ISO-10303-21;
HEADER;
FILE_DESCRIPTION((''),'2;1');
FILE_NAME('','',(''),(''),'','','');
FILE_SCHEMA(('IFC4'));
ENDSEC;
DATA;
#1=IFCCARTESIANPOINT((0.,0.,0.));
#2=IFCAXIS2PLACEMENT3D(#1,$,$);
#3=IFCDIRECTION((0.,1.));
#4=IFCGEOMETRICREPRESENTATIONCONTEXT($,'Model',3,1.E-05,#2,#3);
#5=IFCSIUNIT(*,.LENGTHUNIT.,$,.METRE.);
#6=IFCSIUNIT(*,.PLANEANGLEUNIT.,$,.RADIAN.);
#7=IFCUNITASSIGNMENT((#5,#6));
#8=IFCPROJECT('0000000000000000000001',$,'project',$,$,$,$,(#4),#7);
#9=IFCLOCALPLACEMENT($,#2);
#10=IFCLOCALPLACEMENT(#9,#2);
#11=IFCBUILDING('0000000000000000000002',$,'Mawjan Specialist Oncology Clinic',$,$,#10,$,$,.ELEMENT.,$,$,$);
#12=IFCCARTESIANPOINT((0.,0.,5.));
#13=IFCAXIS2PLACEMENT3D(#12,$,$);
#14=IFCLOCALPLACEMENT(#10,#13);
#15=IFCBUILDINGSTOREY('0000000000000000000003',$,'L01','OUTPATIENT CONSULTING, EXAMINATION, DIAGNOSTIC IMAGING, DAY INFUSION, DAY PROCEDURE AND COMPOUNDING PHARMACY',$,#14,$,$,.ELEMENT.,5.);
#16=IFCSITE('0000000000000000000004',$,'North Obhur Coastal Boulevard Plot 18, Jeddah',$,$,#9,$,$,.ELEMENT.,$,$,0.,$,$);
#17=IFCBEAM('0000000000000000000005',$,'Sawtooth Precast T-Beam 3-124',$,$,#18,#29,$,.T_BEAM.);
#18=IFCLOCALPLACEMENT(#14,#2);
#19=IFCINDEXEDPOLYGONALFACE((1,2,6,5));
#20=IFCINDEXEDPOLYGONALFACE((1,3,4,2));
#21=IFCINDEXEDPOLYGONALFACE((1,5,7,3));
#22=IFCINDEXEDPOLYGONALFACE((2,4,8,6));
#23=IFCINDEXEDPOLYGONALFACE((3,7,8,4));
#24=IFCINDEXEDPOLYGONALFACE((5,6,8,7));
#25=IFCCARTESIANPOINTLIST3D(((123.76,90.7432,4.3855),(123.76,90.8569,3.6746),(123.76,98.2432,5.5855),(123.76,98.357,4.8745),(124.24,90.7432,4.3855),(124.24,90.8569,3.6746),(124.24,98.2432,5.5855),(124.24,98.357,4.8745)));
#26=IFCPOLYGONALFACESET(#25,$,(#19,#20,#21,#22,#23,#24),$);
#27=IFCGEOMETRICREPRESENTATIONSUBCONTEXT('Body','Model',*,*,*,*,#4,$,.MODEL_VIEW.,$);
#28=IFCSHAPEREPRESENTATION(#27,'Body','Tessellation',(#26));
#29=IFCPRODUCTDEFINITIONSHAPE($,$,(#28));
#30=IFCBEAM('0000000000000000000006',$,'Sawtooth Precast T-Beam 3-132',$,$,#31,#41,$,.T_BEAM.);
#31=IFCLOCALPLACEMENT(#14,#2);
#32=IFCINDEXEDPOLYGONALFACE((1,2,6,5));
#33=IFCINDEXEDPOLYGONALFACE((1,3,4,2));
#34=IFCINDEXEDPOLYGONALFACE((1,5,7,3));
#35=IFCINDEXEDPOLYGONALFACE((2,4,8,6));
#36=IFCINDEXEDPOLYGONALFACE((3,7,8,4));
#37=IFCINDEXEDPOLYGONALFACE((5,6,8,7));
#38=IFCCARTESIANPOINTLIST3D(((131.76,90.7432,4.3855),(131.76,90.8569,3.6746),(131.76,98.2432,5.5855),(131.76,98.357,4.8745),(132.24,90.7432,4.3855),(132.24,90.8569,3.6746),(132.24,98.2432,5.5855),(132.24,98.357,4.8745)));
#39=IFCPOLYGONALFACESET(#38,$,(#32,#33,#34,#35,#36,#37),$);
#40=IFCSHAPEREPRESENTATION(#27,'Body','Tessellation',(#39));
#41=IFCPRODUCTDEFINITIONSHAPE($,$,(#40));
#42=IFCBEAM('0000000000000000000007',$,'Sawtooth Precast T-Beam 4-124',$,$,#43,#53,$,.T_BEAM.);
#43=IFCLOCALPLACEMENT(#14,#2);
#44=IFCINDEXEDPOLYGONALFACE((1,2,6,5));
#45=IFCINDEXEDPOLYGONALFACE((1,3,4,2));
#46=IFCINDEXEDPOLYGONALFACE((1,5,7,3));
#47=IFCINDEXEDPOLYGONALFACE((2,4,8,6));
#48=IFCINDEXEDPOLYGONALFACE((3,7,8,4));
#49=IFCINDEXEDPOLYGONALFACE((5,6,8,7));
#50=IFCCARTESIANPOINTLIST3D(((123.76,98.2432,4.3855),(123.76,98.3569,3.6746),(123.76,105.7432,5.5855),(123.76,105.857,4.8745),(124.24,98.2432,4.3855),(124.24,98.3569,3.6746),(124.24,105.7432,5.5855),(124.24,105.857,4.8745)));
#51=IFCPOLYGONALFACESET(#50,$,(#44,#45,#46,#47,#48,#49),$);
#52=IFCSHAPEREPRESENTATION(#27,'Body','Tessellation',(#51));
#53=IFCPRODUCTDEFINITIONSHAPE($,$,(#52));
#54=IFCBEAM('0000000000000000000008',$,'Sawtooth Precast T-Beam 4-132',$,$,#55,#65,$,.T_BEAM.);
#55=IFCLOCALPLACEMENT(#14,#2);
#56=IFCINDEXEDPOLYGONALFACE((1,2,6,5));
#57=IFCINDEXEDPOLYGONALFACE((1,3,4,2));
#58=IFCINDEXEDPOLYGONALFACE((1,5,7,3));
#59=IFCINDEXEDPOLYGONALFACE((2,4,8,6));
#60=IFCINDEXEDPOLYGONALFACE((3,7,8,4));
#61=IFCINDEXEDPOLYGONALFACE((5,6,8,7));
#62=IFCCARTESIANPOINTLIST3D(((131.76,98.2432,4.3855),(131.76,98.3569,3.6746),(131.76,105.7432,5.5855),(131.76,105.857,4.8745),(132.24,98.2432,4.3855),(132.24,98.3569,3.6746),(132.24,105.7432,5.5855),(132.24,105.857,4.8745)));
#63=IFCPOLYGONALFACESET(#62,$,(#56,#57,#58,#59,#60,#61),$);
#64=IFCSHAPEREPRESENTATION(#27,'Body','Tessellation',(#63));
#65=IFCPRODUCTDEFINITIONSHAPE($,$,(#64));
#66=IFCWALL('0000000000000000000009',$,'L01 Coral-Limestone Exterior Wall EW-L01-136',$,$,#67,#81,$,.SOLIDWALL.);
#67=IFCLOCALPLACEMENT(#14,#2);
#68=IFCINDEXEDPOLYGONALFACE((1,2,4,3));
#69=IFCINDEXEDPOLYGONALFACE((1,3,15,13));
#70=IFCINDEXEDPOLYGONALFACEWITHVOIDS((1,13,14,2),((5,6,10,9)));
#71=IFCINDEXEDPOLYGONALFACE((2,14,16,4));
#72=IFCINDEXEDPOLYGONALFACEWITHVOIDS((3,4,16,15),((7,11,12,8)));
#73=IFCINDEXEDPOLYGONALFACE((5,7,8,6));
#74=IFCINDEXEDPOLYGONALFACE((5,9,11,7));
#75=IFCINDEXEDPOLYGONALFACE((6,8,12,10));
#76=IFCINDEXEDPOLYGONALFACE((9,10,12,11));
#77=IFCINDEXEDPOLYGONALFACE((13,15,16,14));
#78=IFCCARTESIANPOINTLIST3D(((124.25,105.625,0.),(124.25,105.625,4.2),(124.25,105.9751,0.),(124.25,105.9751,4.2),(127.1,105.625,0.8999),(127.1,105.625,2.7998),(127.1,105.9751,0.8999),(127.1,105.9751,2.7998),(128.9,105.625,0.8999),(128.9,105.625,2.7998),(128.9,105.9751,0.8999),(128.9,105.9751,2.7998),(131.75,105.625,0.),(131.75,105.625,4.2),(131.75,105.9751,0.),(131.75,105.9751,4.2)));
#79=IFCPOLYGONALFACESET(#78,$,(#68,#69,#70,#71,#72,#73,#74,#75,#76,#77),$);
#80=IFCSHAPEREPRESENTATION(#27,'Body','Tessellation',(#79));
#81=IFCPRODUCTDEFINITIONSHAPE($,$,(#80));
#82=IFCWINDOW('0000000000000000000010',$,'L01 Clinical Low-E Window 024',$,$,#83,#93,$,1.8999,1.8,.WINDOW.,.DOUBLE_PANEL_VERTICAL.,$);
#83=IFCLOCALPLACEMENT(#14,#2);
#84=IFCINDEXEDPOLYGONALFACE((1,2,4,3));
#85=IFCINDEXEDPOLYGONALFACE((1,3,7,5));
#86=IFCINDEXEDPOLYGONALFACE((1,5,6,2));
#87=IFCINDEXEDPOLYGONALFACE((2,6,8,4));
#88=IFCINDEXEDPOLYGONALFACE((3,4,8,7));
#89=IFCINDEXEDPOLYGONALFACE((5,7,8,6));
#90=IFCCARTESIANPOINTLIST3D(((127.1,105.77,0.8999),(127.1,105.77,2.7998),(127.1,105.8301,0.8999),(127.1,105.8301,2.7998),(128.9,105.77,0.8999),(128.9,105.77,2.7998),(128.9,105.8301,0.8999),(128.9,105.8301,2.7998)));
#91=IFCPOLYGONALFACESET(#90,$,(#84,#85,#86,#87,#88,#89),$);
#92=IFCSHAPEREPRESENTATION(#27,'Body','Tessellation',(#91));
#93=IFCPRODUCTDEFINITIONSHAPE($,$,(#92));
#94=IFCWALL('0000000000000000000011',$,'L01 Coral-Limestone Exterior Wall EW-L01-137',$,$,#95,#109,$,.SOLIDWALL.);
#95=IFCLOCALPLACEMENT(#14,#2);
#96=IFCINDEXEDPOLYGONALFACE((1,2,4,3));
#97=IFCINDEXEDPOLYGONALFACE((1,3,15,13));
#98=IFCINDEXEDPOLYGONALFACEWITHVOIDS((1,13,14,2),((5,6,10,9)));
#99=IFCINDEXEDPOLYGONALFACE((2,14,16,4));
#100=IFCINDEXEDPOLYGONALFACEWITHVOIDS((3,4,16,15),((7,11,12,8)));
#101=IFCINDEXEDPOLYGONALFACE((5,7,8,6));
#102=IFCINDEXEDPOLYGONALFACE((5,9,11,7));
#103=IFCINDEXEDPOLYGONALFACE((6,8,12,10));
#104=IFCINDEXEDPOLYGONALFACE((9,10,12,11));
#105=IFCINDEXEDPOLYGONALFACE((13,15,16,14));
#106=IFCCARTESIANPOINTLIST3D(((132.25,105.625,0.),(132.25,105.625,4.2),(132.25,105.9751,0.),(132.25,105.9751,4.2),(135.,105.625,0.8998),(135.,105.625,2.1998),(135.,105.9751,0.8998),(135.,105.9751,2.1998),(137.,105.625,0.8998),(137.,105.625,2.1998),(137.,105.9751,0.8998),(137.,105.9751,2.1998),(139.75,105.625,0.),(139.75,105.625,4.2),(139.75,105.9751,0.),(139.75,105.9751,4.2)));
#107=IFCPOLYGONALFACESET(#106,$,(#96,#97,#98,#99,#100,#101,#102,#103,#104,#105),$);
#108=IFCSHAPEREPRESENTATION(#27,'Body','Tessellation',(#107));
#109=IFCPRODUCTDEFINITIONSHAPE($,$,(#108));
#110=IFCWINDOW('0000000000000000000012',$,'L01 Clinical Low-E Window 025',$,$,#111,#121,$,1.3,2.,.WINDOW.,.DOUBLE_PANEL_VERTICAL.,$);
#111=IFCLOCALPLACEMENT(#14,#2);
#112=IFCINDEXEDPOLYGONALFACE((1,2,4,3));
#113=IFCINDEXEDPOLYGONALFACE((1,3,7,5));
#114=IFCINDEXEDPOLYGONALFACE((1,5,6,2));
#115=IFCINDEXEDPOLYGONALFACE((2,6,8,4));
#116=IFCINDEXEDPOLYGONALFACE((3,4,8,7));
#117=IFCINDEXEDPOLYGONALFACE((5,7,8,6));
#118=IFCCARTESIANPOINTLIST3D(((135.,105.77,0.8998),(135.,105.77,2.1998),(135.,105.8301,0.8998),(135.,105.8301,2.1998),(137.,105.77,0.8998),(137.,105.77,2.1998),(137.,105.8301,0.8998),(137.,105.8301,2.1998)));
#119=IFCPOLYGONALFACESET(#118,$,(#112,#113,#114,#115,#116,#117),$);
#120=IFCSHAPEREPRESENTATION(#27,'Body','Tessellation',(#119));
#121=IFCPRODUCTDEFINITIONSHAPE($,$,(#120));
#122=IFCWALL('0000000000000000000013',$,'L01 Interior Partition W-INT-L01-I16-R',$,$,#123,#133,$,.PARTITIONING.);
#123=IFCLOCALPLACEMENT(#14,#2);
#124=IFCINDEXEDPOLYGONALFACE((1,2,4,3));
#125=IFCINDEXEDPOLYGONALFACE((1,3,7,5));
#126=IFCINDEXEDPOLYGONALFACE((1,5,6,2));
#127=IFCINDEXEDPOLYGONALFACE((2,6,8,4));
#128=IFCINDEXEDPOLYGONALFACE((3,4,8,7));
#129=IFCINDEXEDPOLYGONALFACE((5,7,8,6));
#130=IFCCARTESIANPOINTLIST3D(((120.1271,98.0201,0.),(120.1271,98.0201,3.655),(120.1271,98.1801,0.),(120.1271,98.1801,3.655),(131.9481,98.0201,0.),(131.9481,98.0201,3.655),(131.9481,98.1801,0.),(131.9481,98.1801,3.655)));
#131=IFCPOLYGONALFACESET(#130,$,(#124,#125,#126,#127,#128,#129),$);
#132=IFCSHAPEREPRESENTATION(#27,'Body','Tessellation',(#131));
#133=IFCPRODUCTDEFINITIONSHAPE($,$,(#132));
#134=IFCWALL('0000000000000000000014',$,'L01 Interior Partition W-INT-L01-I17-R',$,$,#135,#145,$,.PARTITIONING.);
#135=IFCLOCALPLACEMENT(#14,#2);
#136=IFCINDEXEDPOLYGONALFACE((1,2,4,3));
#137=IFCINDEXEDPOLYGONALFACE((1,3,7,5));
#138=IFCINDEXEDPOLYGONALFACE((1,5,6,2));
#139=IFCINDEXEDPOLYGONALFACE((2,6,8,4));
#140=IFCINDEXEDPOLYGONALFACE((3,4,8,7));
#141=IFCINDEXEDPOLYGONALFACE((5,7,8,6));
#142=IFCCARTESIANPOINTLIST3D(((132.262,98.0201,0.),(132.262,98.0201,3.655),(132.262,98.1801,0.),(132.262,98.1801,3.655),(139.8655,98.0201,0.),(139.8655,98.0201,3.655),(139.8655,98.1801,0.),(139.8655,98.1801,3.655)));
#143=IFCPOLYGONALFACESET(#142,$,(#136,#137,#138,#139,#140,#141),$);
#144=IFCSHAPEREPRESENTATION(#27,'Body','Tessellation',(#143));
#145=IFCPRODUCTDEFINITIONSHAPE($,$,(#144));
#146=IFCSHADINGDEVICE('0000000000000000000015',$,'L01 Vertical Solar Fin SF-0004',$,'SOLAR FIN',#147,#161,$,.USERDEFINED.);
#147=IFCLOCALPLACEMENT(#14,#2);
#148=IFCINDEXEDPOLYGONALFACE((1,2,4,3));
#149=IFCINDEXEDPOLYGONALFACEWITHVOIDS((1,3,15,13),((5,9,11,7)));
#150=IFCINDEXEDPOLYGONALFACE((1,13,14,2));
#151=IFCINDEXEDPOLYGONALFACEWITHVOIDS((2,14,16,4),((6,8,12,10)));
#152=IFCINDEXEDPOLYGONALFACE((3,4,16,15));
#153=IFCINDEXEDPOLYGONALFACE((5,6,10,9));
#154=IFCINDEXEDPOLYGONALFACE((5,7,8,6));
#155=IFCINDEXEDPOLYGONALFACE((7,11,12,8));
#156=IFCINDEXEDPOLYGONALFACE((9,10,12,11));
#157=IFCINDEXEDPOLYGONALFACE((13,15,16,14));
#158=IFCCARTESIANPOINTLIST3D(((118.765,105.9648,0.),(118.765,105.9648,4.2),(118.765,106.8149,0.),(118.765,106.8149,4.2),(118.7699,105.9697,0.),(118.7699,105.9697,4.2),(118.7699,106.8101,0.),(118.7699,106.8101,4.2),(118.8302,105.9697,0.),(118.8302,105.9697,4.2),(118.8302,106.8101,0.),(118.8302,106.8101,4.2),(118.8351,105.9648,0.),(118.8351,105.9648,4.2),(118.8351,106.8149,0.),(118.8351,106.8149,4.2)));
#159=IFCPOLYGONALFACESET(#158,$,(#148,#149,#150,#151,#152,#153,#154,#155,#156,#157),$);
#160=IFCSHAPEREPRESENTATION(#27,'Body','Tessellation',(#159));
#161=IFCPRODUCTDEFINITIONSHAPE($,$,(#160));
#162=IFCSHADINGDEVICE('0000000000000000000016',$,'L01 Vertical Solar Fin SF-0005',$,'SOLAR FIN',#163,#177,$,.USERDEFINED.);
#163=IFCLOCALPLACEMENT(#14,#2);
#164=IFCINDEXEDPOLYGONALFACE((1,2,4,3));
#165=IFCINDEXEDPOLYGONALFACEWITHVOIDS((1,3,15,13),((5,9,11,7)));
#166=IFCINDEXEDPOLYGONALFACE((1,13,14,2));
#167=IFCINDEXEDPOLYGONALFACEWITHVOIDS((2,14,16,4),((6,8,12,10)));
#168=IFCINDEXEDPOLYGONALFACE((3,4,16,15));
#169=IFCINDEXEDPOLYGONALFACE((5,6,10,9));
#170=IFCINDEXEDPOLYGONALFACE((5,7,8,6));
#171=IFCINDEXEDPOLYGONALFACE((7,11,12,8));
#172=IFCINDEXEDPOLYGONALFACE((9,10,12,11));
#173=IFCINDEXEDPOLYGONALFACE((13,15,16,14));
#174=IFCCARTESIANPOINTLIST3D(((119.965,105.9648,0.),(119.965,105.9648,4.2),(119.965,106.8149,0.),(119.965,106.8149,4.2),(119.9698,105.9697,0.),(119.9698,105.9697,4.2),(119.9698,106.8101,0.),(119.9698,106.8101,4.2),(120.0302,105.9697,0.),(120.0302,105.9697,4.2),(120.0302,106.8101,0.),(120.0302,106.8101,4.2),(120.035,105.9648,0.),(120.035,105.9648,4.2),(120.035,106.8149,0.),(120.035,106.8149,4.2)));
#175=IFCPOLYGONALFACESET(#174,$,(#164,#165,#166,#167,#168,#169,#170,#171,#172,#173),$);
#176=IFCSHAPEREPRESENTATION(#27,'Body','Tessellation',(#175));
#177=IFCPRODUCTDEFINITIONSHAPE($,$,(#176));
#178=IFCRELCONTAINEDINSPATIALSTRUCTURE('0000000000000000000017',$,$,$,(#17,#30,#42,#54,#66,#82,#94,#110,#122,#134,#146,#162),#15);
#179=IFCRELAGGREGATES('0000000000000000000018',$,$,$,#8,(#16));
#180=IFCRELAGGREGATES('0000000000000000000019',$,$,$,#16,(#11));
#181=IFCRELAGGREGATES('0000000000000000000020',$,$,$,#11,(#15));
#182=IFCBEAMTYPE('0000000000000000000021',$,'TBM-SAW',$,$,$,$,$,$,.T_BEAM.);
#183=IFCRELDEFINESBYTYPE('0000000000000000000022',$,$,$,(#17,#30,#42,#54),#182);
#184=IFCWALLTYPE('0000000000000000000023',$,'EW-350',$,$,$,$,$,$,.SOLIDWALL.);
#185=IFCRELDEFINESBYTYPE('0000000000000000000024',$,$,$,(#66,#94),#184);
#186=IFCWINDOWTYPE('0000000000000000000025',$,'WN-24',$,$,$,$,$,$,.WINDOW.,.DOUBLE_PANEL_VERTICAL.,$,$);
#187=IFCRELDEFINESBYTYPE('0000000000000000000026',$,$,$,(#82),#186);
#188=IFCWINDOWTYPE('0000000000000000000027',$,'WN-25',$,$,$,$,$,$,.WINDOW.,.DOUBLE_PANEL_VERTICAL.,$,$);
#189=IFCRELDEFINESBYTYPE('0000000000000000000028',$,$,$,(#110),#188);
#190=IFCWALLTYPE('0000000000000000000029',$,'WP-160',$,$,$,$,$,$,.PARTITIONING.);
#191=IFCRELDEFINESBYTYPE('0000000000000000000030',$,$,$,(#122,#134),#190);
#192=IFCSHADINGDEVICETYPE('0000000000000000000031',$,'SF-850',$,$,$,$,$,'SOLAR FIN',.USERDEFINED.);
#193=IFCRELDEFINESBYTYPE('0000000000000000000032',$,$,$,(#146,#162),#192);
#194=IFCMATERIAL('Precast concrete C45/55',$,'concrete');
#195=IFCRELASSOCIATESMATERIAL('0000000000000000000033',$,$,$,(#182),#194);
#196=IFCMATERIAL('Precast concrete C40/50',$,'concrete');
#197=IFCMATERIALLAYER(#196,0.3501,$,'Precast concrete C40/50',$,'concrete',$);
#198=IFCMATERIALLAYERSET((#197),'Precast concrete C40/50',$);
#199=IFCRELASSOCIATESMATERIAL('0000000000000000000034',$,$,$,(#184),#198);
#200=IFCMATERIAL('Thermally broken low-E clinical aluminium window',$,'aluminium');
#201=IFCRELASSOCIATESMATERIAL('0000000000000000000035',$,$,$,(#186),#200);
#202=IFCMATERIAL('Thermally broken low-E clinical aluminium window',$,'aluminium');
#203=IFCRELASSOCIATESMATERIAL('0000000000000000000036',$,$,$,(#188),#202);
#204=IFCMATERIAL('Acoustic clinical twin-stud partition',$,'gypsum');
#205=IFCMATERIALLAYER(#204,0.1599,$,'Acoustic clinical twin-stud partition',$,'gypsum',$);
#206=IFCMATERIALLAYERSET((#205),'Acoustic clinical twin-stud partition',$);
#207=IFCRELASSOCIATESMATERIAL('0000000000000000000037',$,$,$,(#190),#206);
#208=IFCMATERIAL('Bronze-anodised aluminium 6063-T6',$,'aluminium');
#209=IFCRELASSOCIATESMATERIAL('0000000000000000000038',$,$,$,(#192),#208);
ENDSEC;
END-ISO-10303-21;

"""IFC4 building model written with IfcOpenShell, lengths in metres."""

from ifc_helpers import new_model, si_unit, direction, frame, frame_2d, origin, origin_2d, place, context, subcontext, project, spatial, rectangle, hollow_rectangle, extrude, material, layer, layer_set, material_profile, profile_set, type_object, element, fill, save


model = new_model("IFC4")

# Units and contexts
model_context = context("Model", 3, precision=1e-05, world=origin(), true_north=direction((0.0, 1.0)))
body_context = subcontext(model_context, "Body", "Model", "MODEL_VIEW")
ifc_project = project(units=[si_unit("LENGTHUNIT", "METRE"), si_unit("PLANEANGLEUNIT", "RADIAN")], contexts=[model_context])

# Site, building, storey
site_placement = place(None, origin())
site = spatial("IfcSite", under=ifc_project, at=site_placement, Name="North Obhur Coastal Boulevard Plot 18, Jeddah", CompositionType="ELEMENT", RefElevation=0.0)
building_placement = place(site_placement, origin())
building = spatial("IfcBuilding", under=site, at=building_placement, Name="Mawjan Specialist Oncology Clinic", CompositionType="ELEMENT")
storey_placement = place(building_placement, frame((0.0, 0.0, 5.0)))
storey = spatial("IfcBuildingStorey", under=building, at=storey_placement, Name="L01", Description="OUTPATIENT CONSULTING, EXAMINATION, DIAGNOSTIC IMAGING, DAY INFUSION, DAY PROCEDURE AND COMPOUNDING PHARMACY", CompositionType="ELEMENT", Elevation=5.0)

# Beams
ifc_material_1 = material(Name="Precast concrete C45/55", Category="concrete")
ifc_material_profile_1 = material_profile(ifc_material_1, rectangle(XDim=0.48, YDim=0.72, at=origin_2d()), Name="RC TBM 480x720", Category="concrete")
ifc_profile_set_1 = profile_set([ifc_material_profile_1], Name="Precast concrete C45/55")
beam_type_1 = type_object("IfcBeamType", Name="TBM-SAW", PredefinedType="T_BEAM", material=ifc_profile_set_1)
for number, where, z_axis, x_axis, name in (
    (1, (124.0, 90.8, 4.03), (0.0, 0.987442, 0.157984), (-1.0, 0.0, 0.0), "Sawtooth Precast T-Beam 3-124"),
    (2, (132.0, 90.8, 4.03), (0.0, 0.987442, 0.157984), (-1.0, 0.0, 0.0), "Sawtooth Precast T-Beam 3-132"),
    (3, (124.0, 98.3, 4.03), (0.0, 0.987442, 0.157984), (-1.0, 0.0, 0.0), "Sawtooth Precast T-Beam 4-124"),
    (4, (132.0, 98.3, 4.03), (0.0, 0.987442, 0.157984), (-1.0, 0.0, 0.0), "Sawtooth Precast T-Beam 4-132"),
):
    element("IfcBeam", number, at=place(storey_placement, frame(where, z_axis=z_axis, x_axis=x_axis)), inside=storey, type_object=beam_type_1, Name=name, PredefinedType="T_BEAM", context=body_context, shape_type="SweptSolid", body=[
        extrude(rectangle(XDim=0.48, YDim=0.72, at=origin_2d()), origin(), (0.0, 0.0, 1.0), 7.5955),
    ])

# Walls, openings, windows
ifc_material_2 = material(Name="Precast concrete C40/50", Category="concrete")
ifc_layer_1 = layer(ifc_material_2, 0.3501, Name="Precast concrete C40/50", Category="concrete")
ifc_layer_set_1 = layer_set([ifc_layer_1], Name="Precast concrete C40/50")
wall_type_1 = type_object("IfcWallType", Name="EW-350", PredefinedType="SOLIDWALL", material=ifc_layer_set_1)
wall_1_placement = place(storey_placement, frame((124.25, 105.8, 0.0), z_axis=(0.0, 0.0, 1.0), x_axis=(1.0, 0.0, 0.0)))
wall_1 = element("IfcWall", 5, at=wall_1_placement, inside=storey, type_object=wall_type_1, Name="L01 Coral-Limestone Exterior Wall EW-L01-136", PredefinedType="SOLIDWALL", context=body_context, shape_type="SweptSolid", body=[
    extrude(rectangle(XDim=7.5, YDim=0.3501, at=frame_2d((3.75, 0.0))), origin(), (0.0, 0.0, 1.0), 4.2),
])
opening_1_placement = place(wall_1_placement, frame((2.8501, 0.0, 0.8999)))
opening_1 = element("IfcOpeningElement", 6, at=opening_1_placement, cuts=wall_1, PredefinedType="OPENING", context=body_context, shape_type="SweptSolid", body=[
    extrude(rectangle(XDim=1.8, YDim=1.8999, at=frame_2d((0.8999, 0.95))), frame((0.0, 0.187, 0.0), z_axis=(0.0, -1.0, 0.0), x_axis=(1.0, 0.0, 0.0)), (0.0, 0.0, 1.0), 0.374),
])
ifc_material_3 = material(Name="Thermally broken low-E clinical aluminium window", Category="aluminium")
window_type_1 = type_object("IfcWindowType", Name="WN-24", PartitioningType="DOUBLE_PANEL_VERTICAL", PredefinedType="WINDOW", material=ifc_material_3)
window_1_placement = place(opening_1_placement, origin())
window_1 = element("IfcWindow", 7, at=window_1_placement, inside=storey, type_object=window_type_1, Name="L01 Clinical Low-E Window 024", OverallHeight=1.8999, OverallWidth=1.8, PartitioningType="DOUBLE_PANEL_VERTICAL", PredefinedType="WINDOW", context=body_context, shape_type="SweptSolid", body=[
    extrude(rectangle(XDim=1.8, YDim=1.8999, at=frame_2d((0.8999, 0.95))), frame((0.0, 0.03, 0.0), z_axis=(0.0, -1.0, 0.0), x_axis=(1.0, 0.0, 0.0)), (0.0, 0.0, 1.0), 0.0601),
])
fill(opening_1, window_1)
wall_2_placement = place(storey_placement, frame((132.25, 105.8, 0.0), z_axis=(0.0, 0.0, 1.0), x_axis=(1.0, 0.0, 0.0)))
wall_2 = element("IfcWall", 8, at=wall_2_placement, inside=storey, type_object=wall_type_1, Name="L01 Coral-Limestone Exterior Wall EW-L01-137", PredefinedType="SOLIDWALL", context=body_context, shape_type="SweptSolid", body=[
    extrude(rectangle(XDim=7.5, YDim=0.3501, at=frame_2d((3.75, 0.0))), origin(), (0.0, 0.0, 1.0), 4.2),
])
opening_2_placement = place(wall_2_placement, frame((2.75, 0.0, 0.8999)))
opening_2 = element("IfcOpeningElement", 9, at=opening_2_placement, cuts=wall_2, PredefinedType="OPENING", context=body_context, shape_type="SweptSolid", body=[
    extrude(rectangle(XDim=2.0, YDim=1.3, at=frame_2d((1.0, 0.6499))), frame((0.0, 0.187, 0.0), z_axis=(0.0, -1.0, 0.0), x_axis=(1.0, 0.0, 0.0)), (0.0, 0.0, 1.0), 0.374),
])
ifc_material_4 = material(Name="Thermally broken low-E clinical aluminium window", Category="aluminium")
window_type_2 = type_object("IfcWindowType", Name="WN-25", PartitioningType="DOUBLE_PANEL_VERTICAL", PredefinedType="WINDOW", material=ifc_material_4)
window_2_placement = place(opening_2_placement, origin())
window_2 = element("IfcWindow", 10, at=window_2_placement, inside=storey, type_object=window_type_2, Name="L01 Clinical Low-E Window 025", OverallHeight=1.3, OverallWidth=2.0, PartitioningType="DOUBLE_PANEL_VERTICAL", PredefinedType="WINDOW", context=body_context, shape_type="SweptSolid", body=[
    extrude(rectangle(XDim=2.0, YDim=1.3, at=frame_2d((1.0, 0.6499))), frame((0.0, 0.03, 0.0), z_axis=(0.0, -1.0, 0.0), x_axis=(1.0, 0.0, 0.0)), (0.0, 0.0, 1.0), 0.0601),
])
fill(opening_2, window_2)

# Walls
ifc_material_5 = material(Name="Acoustic clinical twin-stud partition", Category="gypsum")
ifc_layer_2 = layer(ifc_material_5, 0.1599, Name="Acoustic clinical twin-stud partition", Category="gypsum")
ifc_layer_set_2 = layer_set([ifc_layer_2], Name="Acoustic clinical twin-stud partition")
wall_type_2 = type_object("IfcWallType", Name="WP-160", PredefinedType="PARTITIONING", material=ifc_layer_set_2)
wall_3_placement = place(storey_placement, frame((120.127, 98.1001, 0.0), z_axis=(0.0, 0.0, 1.0), x_axis=(1.0, 0.0, 0.0)))
element("IfcWall", 11, at=wall_3_placement, inside=storey, type_object=wall_type_2, Name="L01 Interior Partition W-INT-L01-I16-R", PredefinedType="PARTITIONING", context=body_context, shape_type="SweptSolid", body=[
    extrude(rectangle(XDim=11.821, YDim=0.1599, at=frame_2d((5.9106, 0.0))), origin(), (0.0, 0.0, 1.0), 3.655),
])
wall_4_placement = place(storey_placement, frame((132.262, 98.1001, 0.0), z_axis=(0.0, 0.0, 1.0), x_axis=(1.0, 0.0, 0.0)))
element("IfcWall", 12, at=wall_4_placement, inside=storey, type_object=wall_type_2, Name="L01 Interior Partition W-INT-L01-I17-R", PredefinedType="PARTITIONING", context=body_context, shape_type="SweptSolid", body=[
    extrude(rectangle(XDim=7.6035, YDim=0.1599, at=frame_2d((3.8018, 0.0))), origin(), (0.0, 0.0, 1.0), 3.655),
])

# Shading devices
ifc_material_6 = material(Name="Bronze-anodised aluminium 6063-T6", Category="aluminium")
ifc_material_profile_2 = material_profile(ifc_material_6, hollow_rectangle(XDim=0.0701, YDim=0.8501, WallThickness=0.0049, at=origin_2d()), Name="FIN 850x70x5", Category="aluminium")
ifc_profile_set_2 = profile_set([ifc_material_profile_2], Name="Bronze-anodised aluminium 6063-T6")
shading_device_type = type_object("IfcShadingDeviceType", Name="SF-850", ElementType="SOLAR FIN", PredefinedType="USERDEFINED", material=ifc_profile_set_2)
for number, where, z_axis, x_axis, name in (
    (13, (118.8, 106.3899, 0.0), (0.0, 0.0, 1.0), (1.0, 0.0, 0.0), "L01 Vertical Solar Fin SF-0004"),
    (14, (120.0, 106.3899, 0.0), (0.0, 0.0, 1.0), (1.0, 0.0, 0.0), "L01 Vertical Solar Fin SF-0005"),
):
    element("IfcShadingDevice", number, at=place(storey_placement, frame(where, z_axis=z_axis, x_axis=x_axis)), inside=storey, type_object=shading_device_type, Name=name, ObjectType="SOLAR FIN", PredefinedType="USERDEFINED", context=body_context, shape_type="SweptSolid", body=[
        extrude(hollow_rectangle(XDim=0.0701, YDim=0.8501, WallThickness=0.0049, at=origin_2d()), origin(), (0.0, 0.0, 1.0), 4.2),
    ])

save(model, "model.ifc")
